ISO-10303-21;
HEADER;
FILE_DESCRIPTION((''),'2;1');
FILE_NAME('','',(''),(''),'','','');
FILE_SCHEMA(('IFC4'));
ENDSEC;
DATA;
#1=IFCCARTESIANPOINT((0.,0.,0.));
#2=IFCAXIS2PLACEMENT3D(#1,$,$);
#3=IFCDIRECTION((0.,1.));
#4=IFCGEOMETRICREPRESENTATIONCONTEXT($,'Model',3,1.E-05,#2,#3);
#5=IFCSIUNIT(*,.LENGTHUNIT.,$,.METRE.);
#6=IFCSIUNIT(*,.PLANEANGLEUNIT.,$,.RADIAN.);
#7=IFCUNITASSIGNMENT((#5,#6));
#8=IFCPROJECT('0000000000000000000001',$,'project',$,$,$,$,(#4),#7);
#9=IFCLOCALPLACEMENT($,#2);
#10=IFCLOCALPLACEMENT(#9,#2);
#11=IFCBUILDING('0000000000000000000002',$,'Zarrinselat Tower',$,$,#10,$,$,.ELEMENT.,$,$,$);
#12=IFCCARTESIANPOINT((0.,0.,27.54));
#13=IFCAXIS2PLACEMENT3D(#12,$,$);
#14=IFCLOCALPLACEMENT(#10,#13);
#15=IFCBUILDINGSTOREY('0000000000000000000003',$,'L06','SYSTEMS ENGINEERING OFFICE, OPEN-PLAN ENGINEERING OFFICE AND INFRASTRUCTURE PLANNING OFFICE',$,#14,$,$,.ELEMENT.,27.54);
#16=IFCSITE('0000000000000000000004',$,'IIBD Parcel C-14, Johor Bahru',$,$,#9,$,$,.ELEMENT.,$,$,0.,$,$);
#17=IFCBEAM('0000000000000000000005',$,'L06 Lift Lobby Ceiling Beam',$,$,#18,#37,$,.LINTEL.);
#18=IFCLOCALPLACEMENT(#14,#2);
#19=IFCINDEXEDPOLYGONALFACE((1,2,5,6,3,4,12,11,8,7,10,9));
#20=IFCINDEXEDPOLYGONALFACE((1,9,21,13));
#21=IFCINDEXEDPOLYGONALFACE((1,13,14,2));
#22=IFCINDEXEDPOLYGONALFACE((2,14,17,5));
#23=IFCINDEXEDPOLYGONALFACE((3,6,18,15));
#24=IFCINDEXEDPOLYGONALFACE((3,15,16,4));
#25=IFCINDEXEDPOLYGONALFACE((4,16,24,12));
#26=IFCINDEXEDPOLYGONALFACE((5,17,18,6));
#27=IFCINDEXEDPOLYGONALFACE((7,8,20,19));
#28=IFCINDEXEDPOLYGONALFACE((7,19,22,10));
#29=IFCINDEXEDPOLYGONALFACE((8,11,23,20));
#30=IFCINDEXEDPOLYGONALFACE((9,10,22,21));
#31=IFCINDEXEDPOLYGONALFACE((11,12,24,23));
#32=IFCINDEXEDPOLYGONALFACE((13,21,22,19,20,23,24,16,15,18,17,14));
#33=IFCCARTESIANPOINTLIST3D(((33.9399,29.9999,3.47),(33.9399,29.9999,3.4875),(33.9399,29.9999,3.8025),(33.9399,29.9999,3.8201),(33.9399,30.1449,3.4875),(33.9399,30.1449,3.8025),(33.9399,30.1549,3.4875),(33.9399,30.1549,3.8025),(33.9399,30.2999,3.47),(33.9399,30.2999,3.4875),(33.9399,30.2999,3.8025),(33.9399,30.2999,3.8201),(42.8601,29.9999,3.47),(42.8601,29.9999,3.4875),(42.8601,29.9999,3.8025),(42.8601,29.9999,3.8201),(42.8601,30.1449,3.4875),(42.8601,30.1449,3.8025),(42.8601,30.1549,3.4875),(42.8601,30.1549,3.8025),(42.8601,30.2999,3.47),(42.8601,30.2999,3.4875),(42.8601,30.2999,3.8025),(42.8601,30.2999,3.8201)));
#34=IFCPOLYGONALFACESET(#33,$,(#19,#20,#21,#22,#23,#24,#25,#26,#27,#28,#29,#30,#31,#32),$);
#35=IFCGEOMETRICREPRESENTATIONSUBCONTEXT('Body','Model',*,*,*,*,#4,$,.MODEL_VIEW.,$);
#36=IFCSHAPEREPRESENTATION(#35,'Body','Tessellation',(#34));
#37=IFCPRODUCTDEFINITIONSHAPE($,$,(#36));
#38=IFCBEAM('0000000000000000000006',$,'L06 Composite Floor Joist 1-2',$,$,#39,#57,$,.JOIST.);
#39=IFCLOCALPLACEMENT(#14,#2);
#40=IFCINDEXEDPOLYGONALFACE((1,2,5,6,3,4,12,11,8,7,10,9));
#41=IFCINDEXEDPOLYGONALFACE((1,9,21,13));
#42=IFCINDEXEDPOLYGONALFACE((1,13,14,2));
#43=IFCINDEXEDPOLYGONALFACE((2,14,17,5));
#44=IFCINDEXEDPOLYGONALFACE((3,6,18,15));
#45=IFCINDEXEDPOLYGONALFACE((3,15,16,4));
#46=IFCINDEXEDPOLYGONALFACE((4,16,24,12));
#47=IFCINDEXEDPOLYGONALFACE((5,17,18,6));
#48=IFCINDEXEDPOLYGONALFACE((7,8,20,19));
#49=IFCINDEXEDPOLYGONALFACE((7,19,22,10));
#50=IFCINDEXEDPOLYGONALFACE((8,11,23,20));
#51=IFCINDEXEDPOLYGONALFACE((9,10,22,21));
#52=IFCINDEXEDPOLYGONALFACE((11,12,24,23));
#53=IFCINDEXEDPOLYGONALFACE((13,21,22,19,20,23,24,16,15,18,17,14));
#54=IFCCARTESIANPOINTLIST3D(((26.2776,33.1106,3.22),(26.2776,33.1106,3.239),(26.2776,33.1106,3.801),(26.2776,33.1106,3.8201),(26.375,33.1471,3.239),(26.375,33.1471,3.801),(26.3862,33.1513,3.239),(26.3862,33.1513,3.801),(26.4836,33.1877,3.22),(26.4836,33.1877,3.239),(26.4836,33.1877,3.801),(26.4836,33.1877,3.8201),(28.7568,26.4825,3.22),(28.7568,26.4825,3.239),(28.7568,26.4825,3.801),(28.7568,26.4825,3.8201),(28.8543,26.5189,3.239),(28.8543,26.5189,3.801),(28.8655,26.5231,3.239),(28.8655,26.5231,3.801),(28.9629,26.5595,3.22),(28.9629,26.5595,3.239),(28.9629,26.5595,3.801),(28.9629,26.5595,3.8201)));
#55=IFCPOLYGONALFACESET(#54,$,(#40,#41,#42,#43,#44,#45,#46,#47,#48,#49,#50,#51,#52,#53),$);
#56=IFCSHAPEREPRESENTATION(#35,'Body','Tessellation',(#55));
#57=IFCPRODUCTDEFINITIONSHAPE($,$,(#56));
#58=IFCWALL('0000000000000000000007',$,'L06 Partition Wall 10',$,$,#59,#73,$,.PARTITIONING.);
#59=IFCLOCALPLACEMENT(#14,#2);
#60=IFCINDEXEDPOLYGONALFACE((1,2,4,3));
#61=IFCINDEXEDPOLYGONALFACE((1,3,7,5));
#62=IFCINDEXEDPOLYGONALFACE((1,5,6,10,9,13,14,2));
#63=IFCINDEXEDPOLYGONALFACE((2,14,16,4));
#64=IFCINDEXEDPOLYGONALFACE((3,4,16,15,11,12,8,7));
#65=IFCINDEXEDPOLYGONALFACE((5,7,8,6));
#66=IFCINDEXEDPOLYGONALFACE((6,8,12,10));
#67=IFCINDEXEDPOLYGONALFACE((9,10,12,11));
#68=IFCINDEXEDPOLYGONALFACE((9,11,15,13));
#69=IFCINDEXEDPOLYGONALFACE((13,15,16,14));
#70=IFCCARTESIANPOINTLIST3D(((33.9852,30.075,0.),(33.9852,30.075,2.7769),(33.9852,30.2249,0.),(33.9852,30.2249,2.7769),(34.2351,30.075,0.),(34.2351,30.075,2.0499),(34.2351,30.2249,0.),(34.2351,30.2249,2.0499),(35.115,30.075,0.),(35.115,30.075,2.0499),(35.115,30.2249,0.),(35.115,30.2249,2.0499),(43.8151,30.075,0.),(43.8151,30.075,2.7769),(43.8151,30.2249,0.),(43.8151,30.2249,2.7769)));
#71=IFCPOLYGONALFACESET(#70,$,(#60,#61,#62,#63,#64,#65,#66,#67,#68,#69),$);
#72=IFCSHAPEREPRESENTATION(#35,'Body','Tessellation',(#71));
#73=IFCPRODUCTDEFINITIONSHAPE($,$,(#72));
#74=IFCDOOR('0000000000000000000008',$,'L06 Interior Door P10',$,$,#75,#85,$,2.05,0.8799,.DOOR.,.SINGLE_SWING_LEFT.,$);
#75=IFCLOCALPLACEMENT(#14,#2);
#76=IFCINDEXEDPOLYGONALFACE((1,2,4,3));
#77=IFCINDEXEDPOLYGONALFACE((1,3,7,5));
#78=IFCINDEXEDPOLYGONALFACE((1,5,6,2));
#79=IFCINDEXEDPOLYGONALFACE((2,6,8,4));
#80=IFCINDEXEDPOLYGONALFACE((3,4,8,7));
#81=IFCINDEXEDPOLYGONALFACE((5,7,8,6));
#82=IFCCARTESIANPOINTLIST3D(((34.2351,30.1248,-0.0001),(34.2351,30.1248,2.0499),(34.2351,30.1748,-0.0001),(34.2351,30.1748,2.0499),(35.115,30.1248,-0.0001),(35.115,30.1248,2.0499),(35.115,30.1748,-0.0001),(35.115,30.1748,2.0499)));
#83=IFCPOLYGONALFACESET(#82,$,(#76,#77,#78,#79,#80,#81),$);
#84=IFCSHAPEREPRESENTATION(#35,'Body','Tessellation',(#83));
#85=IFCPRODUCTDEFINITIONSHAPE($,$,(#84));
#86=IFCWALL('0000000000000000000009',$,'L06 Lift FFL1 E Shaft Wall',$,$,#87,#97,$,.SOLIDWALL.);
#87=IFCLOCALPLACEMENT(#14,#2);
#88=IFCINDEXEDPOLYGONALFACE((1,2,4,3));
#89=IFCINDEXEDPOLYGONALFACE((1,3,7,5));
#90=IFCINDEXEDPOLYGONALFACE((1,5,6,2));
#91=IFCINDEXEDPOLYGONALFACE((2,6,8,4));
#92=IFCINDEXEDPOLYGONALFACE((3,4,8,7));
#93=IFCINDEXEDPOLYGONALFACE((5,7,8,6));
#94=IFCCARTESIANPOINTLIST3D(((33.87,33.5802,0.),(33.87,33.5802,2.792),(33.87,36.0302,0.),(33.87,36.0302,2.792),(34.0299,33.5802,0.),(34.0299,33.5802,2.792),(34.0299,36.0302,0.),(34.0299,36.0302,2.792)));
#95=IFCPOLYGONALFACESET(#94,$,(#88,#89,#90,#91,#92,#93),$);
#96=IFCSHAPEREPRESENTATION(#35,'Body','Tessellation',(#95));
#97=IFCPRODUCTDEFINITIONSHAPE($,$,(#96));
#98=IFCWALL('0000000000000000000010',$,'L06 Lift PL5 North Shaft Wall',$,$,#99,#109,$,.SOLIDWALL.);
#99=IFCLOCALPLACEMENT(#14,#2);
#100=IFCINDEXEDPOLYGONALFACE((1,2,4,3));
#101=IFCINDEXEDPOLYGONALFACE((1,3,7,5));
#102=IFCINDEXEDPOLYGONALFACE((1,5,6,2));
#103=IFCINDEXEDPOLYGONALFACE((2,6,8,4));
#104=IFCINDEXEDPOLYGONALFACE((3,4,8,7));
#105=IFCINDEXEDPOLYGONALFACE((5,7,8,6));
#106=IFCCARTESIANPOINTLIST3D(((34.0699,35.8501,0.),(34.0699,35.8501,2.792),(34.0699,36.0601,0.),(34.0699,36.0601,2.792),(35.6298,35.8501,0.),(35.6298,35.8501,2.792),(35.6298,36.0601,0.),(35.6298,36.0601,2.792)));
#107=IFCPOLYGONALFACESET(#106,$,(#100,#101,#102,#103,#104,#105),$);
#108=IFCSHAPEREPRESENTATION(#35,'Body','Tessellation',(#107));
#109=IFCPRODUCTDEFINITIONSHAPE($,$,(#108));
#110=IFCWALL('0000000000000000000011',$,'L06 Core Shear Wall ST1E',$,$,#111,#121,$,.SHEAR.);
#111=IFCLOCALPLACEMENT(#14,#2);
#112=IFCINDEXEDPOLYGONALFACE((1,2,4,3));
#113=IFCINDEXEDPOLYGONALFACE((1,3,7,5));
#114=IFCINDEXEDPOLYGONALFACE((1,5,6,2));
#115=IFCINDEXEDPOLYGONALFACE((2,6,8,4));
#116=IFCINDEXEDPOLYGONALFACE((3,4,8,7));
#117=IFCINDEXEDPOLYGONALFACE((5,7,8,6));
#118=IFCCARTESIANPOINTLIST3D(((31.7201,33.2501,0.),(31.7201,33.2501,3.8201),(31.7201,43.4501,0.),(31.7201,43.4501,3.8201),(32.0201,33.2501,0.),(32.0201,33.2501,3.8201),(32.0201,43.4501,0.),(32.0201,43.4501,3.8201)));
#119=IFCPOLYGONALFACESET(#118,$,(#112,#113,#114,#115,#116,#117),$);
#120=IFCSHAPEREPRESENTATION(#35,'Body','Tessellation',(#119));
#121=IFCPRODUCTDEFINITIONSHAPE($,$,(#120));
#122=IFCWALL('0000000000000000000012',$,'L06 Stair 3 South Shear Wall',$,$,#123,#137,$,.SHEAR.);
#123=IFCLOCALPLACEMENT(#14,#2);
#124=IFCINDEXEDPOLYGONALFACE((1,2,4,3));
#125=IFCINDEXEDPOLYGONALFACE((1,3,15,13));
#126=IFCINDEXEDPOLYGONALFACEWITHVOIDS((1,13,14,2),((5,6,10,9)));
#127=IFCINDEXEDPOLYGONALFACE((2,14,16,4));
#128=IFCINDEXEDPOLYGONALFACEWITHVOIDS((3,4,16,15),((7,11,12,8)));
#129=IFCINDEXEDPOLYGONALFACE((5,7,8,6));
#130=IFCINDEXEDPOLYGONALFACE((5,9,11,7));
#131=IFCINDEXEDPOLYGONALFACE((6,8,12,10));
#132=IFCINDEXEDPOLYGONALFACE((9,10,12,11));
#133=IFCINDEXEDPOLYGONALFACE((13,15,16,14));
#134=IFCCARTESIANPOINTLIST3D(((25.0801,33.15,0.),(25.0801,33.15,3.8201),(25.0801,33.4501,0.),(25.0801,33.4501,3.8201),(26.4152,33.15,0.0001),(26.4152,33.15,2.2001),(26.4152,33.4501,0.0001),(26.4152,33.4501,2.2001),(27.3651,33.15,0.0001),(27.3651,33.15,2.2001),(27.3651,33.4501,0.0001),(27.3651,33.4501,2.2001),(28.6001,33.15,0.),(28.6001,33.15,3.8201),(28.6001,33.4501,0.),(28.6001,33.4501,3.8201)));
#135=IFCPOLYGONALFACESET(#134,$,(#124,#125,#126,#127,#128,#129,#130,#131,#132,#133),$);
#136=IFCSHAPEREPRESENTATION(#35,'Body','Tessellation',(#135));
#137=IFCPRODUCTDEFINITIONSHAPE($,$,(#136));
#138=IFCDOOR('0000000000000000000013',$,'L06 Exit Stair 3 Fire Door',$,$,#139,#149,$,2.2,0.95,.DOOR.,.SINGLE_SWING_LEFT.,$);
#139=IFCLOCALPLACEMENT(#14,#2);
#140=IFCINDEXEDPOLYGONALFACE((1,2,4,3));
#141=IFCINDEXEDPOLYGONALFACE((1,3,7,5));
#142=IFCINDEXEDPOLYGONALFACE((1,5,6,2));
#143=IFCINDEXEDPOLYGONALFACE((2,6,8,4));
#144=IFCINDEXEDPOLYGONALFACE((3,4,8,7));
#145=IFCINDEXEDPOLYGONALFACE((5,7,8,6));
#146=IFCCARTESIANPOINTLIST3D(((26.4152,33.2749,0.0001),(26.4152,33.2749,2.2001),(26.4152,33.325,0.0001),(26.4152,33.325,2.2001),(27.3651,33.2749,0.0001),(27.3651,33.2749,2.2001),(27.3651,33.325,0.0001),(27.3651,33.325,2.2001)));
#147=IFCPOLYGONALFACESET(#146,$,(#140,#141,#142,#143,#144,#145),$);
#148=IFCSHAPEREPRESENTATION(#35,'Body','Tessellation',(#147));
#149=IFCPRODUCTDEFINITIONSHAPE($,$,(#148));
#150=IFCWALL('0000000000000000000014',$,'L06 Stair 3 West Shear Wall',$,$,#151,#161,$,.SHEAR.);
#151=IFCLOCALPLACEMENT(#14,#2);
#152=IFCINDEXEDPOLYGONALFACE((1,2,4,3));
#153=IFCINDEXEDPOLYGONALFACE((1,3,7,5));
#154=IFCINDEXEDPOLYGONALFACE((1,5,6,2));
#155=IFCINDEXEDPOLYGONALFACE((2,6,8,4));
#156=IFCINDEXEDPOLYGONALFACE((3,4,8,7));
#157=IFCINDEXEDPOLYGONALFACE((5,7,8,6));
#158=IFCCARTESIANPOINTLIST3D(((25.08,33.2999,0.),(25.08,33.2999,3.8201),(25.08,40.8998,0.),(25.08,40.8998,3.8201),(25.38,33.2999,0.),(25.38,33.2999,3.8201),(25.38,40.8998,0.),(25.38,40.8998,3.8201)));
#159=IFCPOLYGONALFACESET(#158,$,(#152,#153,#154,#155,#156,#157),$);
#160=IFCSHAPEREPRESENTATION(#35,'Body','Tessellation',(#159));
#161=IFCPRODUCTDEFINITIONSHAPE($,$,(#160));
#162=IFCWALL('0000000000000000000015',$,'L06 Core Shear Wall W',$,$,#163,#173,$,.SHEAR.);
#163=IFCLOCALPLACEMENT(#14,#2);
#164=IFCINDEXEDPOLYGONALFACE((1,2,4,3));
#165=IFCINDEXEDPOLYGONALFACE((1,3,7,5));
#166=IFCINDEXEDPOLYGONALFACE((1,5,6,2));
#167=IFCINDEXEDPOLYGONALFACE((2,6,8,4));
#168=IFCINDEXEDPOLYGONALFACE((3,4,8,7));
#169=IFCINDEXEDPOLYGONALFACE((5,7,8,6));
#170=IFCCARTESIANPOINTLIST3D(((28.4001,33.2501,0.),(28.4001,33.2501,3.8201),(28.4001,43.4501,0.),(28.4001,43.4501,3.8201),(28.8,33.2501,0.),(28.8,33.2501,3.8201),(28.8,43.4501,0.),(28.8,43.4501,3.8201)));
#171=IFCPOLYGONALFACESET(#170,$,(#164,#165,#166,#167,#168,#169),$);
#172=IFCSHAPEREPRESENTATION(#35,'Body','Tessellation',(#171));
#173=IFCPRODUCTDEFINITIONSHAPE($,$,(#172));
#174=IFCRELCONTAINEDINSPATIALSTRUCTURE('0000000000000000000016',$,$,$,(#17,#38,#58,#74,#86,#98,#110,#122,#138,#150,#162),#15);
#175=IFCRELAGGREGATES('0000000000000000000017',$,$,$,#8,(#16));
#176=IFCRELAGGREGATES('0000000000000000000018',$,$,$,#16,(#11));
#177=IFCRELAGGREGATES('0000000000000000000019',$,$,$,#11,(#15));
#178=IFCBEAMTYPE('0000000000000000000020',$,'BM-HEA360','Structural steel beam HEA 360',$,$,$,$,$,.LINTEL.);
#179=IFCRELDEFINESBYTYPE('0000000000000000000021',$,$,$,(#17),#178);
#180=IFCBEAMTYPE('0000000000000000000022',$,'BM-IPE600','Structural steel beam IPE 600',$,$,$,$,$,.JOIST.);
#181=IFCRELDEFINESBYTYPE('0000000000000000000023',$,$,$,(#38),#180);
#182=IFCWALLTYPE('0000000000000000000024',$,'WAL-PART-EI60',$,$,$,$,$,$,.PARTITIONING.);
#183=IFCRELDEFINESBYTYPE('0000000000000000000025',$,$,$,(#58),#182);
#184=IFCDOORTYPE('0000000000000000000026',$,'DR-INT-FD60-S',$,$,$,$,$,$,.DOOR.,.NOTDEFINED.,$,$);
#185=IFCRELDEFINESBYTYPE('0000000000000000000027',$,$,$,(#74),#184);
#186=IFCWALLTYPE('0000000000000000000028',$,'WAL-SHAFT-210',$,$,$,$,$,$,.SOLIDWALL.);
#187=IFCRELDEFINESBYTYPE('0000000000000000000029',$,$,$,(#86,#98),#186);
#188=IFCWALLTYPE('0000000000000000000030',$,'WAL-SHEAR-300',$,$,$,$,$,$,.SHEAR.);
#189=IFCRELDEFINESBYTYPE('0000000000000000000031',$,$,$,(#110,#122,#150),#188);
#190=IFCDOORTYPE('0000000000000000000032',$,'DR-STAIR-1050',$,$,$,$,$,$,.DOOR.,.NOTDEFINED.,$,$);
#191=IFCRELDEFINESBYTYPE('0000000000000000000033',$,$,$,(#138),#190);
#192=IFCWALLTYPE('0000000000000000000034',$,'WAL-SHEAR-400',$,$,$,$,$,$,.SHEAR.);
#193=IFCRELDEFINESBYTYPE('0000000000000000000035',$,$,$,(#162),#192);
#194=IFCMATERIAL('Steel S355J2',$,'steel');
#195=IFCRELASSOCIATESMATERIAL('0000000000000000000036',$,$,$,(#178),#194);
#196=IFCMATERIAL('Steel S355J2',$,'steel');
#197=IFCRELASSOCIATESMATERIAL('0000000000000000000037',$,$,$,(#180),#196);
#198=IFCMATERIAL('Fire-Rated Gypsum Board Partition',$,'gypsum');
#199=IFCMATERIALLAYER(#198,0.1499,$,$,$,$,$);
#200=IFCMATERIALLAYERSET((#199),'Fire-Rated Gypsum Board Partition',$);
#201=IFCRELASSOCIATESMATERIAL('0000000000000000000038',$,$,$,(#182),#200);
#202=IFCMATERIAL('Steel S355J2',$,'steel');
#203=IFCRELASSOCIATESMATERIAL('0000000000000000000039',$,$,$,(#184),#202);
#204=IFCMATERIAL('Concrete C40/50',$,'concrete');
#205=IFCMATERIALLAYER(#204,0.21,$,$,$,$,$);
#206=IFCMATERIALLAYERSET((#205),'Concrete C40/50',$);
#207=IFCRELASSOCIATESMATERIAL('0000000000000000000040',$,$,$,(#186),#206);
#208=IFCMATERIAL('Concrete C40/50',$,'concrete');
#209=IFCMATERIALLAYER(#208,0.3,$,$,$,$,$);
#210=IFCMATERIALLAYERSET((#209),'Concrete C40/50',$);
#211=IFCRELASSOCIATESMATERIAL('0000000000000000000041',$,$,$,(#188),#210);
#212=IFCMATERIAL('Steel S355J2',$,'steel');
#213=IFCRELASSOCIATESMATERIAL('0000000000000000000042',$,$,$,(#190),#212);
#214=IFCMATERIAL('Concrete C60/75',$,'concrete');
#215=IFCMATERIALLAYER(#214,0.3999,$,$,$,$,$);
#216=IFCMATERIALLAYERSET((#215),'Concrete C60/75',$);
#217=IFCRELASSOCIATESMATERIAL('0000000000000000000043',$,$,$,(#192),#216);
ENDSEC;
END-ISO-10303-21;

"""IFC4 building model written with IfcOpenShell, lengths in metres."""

from ifc_helpers import new_model, si_unit, direction, frame, frame_2d, origin, origin_2d, place, context, subcontext, project, spatial, rectangle, i_section, extrude, material, layer, layer_set, material_profile, profile_set, type_object, element, fill, save


model = new_model("IFC4")

# Units and contexts
model_context = context("Model", 3, precision=1e-05, world=origin(), true_north=direction((0.0, 1.0)))
body_context = subcontext(model_context, "Body", "Model", "MODEL_VIEW")
ifc_project = project(units=[si_unit("LENGTHUNIT", "METRE"), si_unit("PLANEANGLEUNIT", "RADIAN")], contexts=[model_context])

# Site, building, storey
site_placement = place(None, origin())
site = spatial("IfcSite", under=ifc_project, at=site_placement, Name="IIBD Parcel C-14, Johor Bahru", CompositionType="ELEMENT", RefElevation=0.0)
building_placement = place(site_placement, origin())
building = spatial("IfcBuilding", under=site, at=building_placement, Name="Zarrinselat Tower", CompositionType="ELEMENT")
storey_placement = place(building_placement, frame((0.0, 0.0, 27.54)))
storey = spatial("IfcBuildingStorey", under=building, at=storey_placement, Name="L06", Description="SYSTEMS ENGINEERING OFFICE, OPEN-PLAN ENGINEERING OFFICE AND INFRASTRUCTURE PLANNING OFFICE", CompositionType="ELEMENT", Elevation=27.54)

# Beams
ifc_material_1 = material(Name="Steel S355J2", Category="steel")
ifc_material_profile_1 = material_profile(ifc_material_1, i_section(OverallWidth=0.3, OverallDepth=0.3501, WebThickness=0.01, FlangeThickness=0.0176, at=origin_2d()), Name="HEA 360")
ifc_profile_set_1 = profile_set([ifc_material_profile_1], Name="Steel S355J2")
beam_type_1 = type_object("IfcBeamType", Name="BM-HEA360", Description="Structural steel beam HEA 360", PredefinedType="LINTEL", material=ifc_profile_set_1)
beam_1_placement = place(storey_placement, frame((33.9399, 30.1499, 3.645), z_axis=(1.0, 0.0, 0.0), x_axis=(0.0, 1.0, 0.0)))
element("IfcBeam", 1, at=beam_1_placement, inside=storey, type_object=beam_type_1, Name="L06 Lift Lobby Ceiling Beam", PredefinedType="LINTEL", context=body_context, shape_type="SweptSolid", body=[
    extrude(i_section(OverallWidth=0.3, OverallDepth=0.3501, WebThickness=0.01, FlangeThickness=0.0176, at=origin_2d()), origin(), (0.0, 0.0, 1.0), 8.9202),
])
ifc_material_2 = material(Name="Steel S355J2", Category="steel")
ifc_material_profile_2 = material_profile(ifc_material_2, i_section(OverallWidth=0.22, OverallDepth=0.6001, WebThickness=0.012, FlangeThickness=0.019, at=origin_2d()), Name="IPE 600")
ifc_profile_set_2 = profile_set([ifc_material_profile_2], Name="Steel S355J2")
beam_type_2 = type_object("IfcBeamType", Name="BM-IPE600", Description="Structural steel beam IPE 600", PredefinedType="JOIST", material=ifc_profile_set_2)
beam_2_placement = place(storey_placement, frame((26.3806, 33.1492, 3.52), z_axis=(0.350341, -0.936622, 0.0), x_axis=(0.936622, 0.350341, 0.0)))
element("IfcBeam", 2, at=beam_2_placement, inside=storey, type_object=beam_type_2, Name="L06 Composite Floor Joist 1-2", PredefinedType="JOIST", context=body_context, shape_type="SweptSolid", body=[
    extrude(i_section(OverallWidth=0.22, OverallDepth=0.6001, WebThickness=0.012, FlangeThickness=0.019, at=origin_2d()), origin(), (0.0, 0.0, 1.0), 7.0767),
])

# Wall, opening, door
ifc_material_3 = material(Name="Fire-Rated Gypsum Board Partition", Category="gypsum")
ifc_layer_1 = layer(ifc_material_3, 0.1499)
ifc_layer_set_1 = layer_set([ifc_layer_1], Name="Fire-Rated Gypsum Board Partition")
wall_type_1 = type_object("IfcWallType", Name="WAL-PART-EI60", PredefinedType="PARTITIONING", material=ifc_layer_set_1)
wall_1_placement = place(storey_placement, frame((33.9851, 30.1499, 0.0), z_axis=(0.0, 0.0, 1.0), x_axis=(1.0, 0.0, 0.0)))
wall_1 = element("IfcWall", 3, at=wall_1_placement, inside=storey, type_object=wall_type_1, Name="L06 Partition Wall 10", PredefinedType="PARTITIONING", context=body_context, shape_type="SweptSolid", body=[
    extrude(rectangle(XDim=9.8298, YDim=0.1499, at=frame_2d((4.915, 0.0))), origin(), (0.0, 0.0, 1.0), 2.7769),
])
opening_1_placement = place(wall_1_placement, frame((0.25, 0.0, 0.0)))
opening_1 = element("IfcOpeningElement", 4, at=opening_1_placement, cuts=wall_1, PredefinedType="OPENING", context=body_context, shape_type="SweptSolid", body=[
    extrude(rectangle(XDim=0.8799, YDim=2.05, at=frame_2d((0.4399, 1.0249))), frame((0.0, 0.085, 0.0), z_axis=(0.0, -1.0, 0.0), x_axis=(1.0, 0.0, 0.0)), (0.0, 0.0, 1.0), 0.1699),
])
ifc_material_4 = material(Name="Steel S355J2", Category="steel")
door_type_1 = type_object("IfcDoorType", Name="DR-INT-FD60-S", OperationType="NOTDEFINED", PredefinedType="DOOR", material=ifc_material_4)
door_1_placement = place(opening_1_placement, origin())
door_1 = element("IfcDoor", 5, at=door_1_placement, inside=storey, type_object=door_type_1, Name="L06 Interior Door P10", OperationType="SINGLE_SWING_LEFT", OverallHeight=2.05, OverallWidth=0.8799, PredefinedType="DOOR", context=body_context, shape_type="SweptSolid", body=[
    extrude(rectangle(XDim=0.8799, YDim=2.05, at=frame_2d((0.4399, 1.0249))), frame((0.0, 0.0249, 0.0), z_axis=(0.0, -1.0, 0.0), x_axis=(1.0, 0.0, 0.0)), (0.0, 0.0, 1.0), 0.05),
])
fill(opening_1, door_1)

# Walls
ifc_material_5 = material(Name="Concrete C40/50", Category="concrete")
ifc_layer_2 = layer(ifc_material_5, 0.21)
ifc_layer_set_2 = layer_set([ifc_layer_2], Name="Concrete C40/50")
wall_type_2 = type_object("IfcWallType", Name="WAL-SHAFT-210", PredefinedType="SOLIDWALL", material=ifc_layer_set_2)
wall_2_placement = place(storey_placement, frame((33.95, 33.5801, 0.0), z_axis=(0.0, 0.0, 1.0), x_axis=(0.0, 1.0, 0.0)))
element("IfcWall", 6, at=wall_2_placement, inside=storey, type_object=wall_type_2, Name="L06 Lift FFL1 E Shaft Wall", PredefinedType="SOLIDWALL", context=body_context, shape_type="SweptSolid", body=[
    extrude(rectangle(XDim=2.45, YDim=0.1599, at=frame_2d((1.2251, 0.0))), origin(), (0.0, 0.0, 1.0), 2.792),
])
wall_3_placement = place(storey_placement, frame((34.0701, 35.9551, 0.0), z_axis=(0.0, 0.0, 1.0), x_axis=(1.0, 0.0, 0.0)))
element("IfcWall", 7, at=wall_3_placement, inside=storey, type_object=wall_type_2, Name="L06 Lift PL5 North Shaft Wall", PredefinedType="SOLIDWALL", context=body_context, shape_type="SweptSolid", body=[
    extrude(rectangle(XDim=1.5598, YDim=0.21, at=frame_2d((0.7798, 0.0))), origin(), (0.0, 0.0, 1.0), 2.792),
])
ifc_material_6 = material(Name="Concrete C40/50", Category="concrete")
ifc_layer_3 = layer(ifc_material_6, 0.3)
ifc_layer_set_3 = layer_set([ifc_layer_3], Name="Concrete C40/50")
wall_type_3 = type_object("IfcWallType", Name="WAL-SHEAR-300", PredefinedType="SHEAR", material=ifc_layer_set_3)
wall_4_placement = place(storey_placement, frame((31.8701, 33.25, 0.0), z_axis=(0.0, 0.0, 1.0), x_axis=(0.0, 1.0, 0.0)))
element("IfcWall", 8, at=wall_4_placement, inside=storey, type_object=wall_type_3, Name="L06 Core Shear Wall ST1E", PredefinedType="SHEAR", context=body_context, shape_type="SweptSolid", body=[
    extrude(rectangle(XDim=10.2, YDim=0.3, at=frame_2d((5.1001, 0.0))), origin(), (0.0, 0.0, 1.0), 3.8201),
])

# Wall, opening, door
wall_5_placement = place(storey_placement, frame((25.0801, 33.3, 0.0), z_axis=(0.0, 0.0, 1.0), x_axis=(1.0, 0.0, 0.0)))
wall_5 = element("IfcWall", 9, at=wall_5_placement, inside=storey, type_object=wall_type_3, Name="L06 Stair 3 South Shear Wall", PredefinedType="SHEAR", context=body_context, shape_type="SweptSolid", body=[
    extrude(rectangle(XDim=3.52, YDim=0.3, at=frame_2d((1.76, 0.0))), origin(), (0.0, 0.0, 1.0), 3.8201),
])
opening_2_placement = place(wall_5_placement, frame((1.335, 0.0, 0.0)))
opening_2 = element("IfcOpeningElement", 10, at=opening_2_placement, cuts=wall_5, PredefinedType="OPENING", context=body_context, shape_type="SweptSolid", body=[
    extrude(rectangle(XDim=0.95, YDim=2.2, at=frame_2d((0.4751, 1.1001))), frame((0.0, 0.1599, 0.0), z_axis=(0.0, -1.0, 0.0), x_axis=(1.0, 0.0, 0.0)), (0.0, 0.0, 1.0), 0.3201),
])
ifc_material_7 = material(Name="Steel S355J2", Category="steel")
door_type_2 = type_object("IfcDoorType", Name="DR-STAIR-1050", OperationType="NOTDEFINED", PredefinedType="DOOR", material=ifc_material_7)
door_2_placement = place(opening_2_placement, origin())
door_2 = element("IfcDoor", 11, at=door_2_placement, inside=storey, type_object=door_type_2, Name="L06 Exit Stair 3 Fire Door", OperationType="SINGLE_SWING_LEFT", OverallHeight=2.2, OverallWidth=0.95, PredefinedType="DOOR", context=body_context, shape_type="SweptSolid", body=[
    extrude(rectangle(XDim=0.95, YDim=2.2, at=frame_2d((0.4751, 1.1001))), frame((0.0, 0.0249, 0.0), z_axis=(0.0, -1.0, 0.0), x_axis=(1.0, 0.0, 0.0)), (0.0, 0.0, 1.0), 0.05),
])
fill(opening_2, door_2)

# Wall
wall_6_placement = place(storey_placement, frame((25.23, 33.3, 0.0), z_axis=(0.0, 0.0, 1.0), x_axis=(0.0, 1.0, 0.0)))
element("IfcWall", 12, at=wall_6_placement, inside=storey, type_object=wall_type_3, Name="L06 Stair 3 West Shear Wall", PredefinedType="SHEAR", context=body_context, shape_type="SweptSolid", body=[
    extrude(rectangle(XDim=7.5999, YDim=0.3, at=frame_2d((3.7998, 0.0))), origin(), (0.0, 0.0, 1.0), 3.8201),
])

# Shared definitions
ifc_material_8 = material(Name="Concrete C60/75", Category="concrete")
ifc_layer_4 = layer(ifc_material_8, 0.3999)
ifc_layer_set_4 = layer_set([ifc_layer_4], Name="Concrete C60/75")
wall_type_4 = type_object("IfcWallType", Name="WAL-SHEAR-400", PredefinedType="SHEAR", material=ifc_layer_set_4)

# Wall
wall_7_placement = place(storey_placement, frame((28.6001, 33.25, 0.0), z_axis=(0.0, 0.0, 1.0), x_axis=(0.0, 1.0, 0.0)))
element("IfcWall", 13, at=wall_7_placement, inside=storey, type_object=wall_type_4, Name="L06 Core Shear Wall W", PredefinedType="SHEAR", context=body_context, shape_type="SweptSolid", body=[
    extrude(rectangle(XDim=10.2, YDim=0.3999, at=frame_2d((5.1001, 0.0))), origin(), (0.0, 0.0, 1.0), 3.8201),
])

save(model, "model.ifc")
